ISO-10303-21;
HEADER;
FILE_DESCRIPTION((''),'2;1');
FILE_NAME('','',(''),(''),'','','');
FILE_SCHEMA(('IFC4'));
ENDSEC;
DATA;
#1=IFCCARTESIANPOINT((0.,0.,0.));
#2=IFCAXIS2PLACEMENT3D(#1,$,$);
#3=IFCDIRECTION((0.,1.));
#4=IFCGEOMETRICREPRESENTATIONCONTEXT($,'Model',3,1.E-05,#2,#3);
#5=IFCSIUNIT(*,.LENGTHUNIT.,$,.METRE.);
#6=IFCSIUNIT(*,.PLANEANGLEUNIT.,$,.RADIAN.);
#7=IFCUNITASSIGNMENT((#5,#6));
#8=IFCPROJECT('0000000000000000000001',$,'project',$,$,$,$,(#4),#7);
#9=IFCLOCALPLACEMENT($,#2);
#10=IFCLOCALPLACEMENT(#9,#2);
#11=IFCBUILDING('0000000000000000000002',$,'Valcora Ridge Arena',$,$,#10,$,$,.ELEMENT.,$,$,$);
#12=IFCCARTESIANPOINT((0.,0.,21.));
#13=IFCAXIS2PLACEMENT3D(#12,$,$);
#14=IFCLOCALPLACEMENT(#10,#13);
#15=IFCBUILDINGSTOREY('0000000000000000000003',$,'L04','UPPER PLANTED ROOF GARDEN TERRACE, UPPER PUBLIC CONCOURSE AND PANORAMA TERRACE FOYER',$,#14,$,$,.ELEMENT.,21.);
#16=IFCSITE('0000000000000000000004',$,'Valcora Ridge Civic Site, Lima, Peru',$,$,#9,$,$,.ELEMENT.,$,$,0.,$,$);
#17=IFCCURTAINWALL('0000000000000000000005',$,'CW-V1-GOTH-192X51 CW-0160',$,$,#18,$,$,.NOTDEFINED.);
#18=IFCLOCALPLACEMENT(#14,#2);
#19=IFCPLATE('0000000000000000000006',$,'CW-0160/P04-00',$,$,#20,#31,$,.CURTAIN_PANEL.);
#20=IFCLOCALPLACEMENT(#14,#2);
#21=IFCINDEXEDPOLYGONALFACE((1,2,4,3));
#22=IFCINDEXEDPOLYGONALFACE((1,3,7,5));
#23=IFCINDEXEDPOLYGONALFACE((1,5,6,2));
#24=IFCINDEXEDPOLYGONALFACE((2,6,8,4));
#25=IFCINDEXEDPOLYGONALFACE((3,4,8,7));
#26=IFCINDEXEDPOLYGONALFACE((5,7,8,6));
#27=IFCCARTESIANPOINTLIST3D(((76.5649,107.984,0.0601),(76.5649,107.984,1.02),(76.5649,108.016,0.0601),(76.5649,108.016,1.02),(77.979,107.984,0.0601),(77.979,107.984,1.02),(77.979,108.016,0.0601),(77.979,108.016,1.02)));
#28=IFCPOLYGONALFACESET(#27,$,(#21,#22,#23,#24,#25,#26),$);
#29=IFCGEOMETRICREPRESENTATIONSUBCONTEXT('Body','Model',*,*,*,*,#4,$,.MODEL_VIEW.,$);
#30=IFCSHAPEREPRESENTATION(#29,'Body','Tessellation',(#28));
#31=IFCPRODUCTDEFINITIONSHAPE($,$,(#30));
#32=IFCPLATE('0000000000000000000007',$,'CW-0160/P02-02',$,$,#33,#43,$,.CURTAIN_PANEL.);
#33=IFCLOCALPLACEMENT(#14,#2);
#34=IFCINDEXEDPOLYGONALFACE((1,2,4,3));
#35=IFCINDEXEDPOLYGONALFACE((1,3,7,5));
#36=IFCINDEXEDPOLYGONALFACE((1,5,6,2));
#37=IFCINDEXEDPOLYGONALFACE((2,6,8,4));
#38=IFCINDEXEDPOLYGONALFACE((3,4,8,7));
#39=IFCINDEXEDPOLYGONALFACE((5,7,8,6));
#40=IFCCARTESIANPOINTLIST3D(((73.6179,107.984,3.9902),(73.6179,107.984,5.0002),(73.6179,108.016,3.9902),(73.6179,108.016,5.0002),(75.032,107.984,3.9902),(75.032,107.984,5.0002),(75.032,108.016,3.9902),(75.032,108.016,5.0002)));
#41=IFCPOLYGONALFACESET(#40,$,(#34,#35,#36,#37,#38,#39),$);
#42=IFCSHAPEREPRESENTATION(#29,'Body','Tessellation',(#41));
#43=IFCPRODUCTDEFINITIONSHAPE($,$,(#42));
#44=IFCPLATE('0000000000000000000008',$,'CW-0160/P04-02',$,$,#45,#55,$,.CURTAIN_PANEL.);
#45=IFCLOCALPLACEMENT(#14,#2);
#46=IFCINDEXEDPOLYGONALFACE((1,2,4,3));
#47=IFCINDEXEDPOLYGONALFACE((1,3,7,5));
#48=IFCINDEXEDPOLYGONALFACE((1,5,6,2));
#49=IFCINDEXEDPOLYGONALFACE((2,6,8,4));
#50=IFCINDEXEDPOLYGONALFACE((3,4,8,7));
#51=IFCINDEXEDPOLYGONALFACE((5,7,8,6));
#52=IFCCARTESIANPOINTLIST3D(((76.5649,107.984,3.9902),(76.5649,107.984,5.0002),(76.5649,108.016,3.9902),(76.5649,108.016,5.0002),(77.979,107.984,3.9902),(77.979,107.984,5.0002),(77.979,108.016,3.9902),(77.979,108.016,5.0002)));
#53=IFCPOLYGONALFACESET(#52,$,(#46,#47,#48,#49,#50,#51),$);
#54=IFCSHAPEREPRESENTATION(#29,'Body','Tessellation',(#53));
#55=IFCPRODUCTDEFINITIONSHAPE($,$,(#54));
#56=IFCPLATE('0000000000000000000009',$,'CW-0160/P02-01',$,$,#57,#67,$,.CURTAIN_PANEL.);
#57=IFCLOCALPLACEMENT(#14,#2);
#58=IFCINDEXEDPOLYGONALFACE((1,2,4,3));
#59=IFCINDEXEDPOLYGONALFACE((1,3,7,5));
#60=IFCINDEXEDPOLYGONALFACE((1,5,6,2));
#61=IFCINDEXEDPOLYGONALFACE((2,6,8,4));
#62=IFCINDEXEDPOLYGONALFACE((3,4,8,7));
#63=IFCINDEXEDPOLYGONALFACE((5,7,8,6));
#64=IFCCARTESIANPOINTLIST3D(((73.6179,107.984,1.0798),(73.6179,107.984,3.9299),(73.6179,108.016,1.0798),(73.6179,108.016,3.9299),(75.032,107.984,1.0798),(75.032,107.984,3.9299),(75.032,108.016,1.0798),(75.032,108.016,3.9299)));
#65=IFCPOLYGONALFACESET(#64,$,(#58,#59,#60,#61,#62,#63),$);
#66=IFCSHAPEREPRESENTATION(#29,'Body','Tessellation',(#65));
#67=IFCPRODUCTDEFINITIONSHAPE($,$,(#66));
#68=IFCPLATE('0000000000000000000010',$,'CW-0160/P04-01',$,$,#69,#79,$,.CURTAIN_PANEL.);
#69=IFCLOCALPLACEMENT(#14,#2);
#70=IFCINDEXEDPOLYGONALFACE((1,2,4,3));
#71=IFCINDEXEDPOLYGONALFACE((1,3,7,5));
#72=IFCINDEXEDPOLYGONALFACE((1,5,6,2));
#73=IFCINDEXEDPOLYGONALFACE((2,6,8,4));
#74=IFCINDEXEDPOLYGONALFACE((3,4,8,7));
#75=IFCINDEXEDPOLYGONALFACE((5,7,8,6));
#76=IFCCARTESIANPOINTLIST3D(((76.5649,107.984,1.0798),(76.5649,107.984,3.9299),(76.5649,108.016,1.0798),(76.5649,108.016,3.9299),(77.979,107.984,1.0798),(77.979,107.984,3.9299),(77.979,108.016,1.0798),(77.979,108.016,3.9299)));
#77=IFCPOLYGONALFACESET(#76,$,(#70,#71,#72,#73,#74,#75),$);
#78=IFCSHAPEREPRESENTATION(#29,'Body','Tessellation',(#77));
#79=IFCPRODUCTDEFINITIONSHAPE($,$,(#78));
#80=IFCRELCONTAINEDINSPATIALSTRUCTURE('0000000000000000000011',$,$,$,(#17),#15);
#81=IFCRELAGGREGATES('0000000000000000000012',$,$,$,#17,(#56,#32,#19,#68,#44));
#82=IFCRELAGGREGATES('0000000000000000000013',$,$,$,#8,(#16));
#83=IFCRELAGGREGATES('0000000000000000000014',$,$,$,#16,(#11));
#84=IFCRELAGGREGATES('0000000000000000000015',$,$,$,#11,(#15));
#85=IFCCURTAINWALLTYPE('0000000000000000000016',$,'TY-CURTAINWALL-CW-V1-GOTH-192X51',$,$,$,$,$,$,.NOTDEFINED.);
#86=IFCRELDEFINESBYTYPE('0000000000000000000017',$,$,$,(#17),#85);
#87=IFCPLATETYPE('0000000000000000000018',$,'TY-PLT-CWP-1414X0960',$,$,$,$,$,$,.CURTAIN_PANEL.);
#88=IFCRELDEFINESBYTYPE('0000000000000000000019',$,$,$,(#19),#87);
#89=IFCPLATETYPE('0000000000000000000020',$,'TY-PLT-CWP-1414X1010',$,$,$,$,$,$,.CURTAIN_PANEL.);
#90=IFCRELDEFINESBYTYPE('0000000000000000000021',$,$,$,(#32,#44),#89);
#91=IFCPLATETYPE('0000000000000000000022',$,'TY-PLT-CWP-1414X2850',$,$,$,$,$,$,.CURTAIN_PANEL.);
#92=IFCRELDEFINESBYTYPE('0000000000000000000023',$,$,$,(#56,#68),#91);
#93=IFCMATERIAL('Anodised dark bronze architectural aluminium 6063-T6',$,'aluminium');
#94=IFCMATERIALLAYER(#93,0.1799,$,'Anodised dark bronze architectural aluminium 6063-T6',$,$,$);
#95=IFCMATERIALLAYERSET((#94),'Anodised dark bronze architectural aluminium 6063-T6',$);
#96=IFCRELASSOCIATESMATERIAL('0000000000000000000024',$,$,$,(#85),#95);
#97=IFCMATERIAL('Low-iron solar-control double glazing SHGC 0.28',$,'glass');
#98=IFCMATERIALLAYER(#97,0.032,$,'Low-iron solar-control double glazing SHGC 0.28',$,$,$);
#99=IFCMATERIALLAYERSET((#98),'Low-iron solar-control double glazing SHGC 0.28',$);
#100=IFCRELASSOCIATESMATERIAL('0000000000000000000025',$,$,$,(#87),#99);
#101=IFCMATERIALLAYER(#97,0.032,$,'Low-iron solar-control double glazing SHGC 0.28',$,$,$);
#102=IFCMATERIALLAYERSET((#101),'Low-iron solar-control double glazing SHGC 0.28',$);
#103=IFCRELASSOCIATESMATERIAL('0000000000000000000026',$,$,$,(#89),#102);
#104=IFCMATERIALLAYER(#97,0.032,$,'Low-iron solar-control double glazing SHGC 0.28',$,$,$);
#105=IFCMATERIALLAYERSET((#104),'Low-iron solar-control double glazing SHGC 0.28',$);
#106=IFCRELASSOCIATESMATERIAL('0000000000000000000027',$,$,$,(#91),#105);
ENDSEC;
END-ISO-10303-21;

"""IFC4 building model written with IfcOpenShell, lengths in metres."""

from ifc_helpers import new_model, si_unit, direction, frame, origin, origin_2d, place, context, subcontext, project, spatial, rectangle, extrude, material, layer, layer_set, type_object, element, aggregate, save


model = new_model("IFC4")

# Units and contexts
model_context = context("Model", 3, precision=1e-05, world=origin(), true_north=direction((0.0, 1.0)))
body_context = subcontext(model_context, "Body", "Model", "MODEL_VIEW")
ifc_project = project(units=[si_unit("LENGTHUNIT", "METRE"), si_unit("PLANEANGLEUNIT", "RADIAN")], contexts=[model_context])

# Site, building, storey
site_placement = place(None, origin())
site = spatial("IfcSite", under=ifc_project, at=site_placement, Name="Valcora Ridge Civic Site, Lima, Peru", CompositionType="ELEMENT", RefElevation=0.0)
building_placement = place(site_placement, origin())
building = spatial("IfcBuilding", under=site, at=building_placement, Name="Valcora Ridge Arena", CompositionType="ELEMENT")
storey_placement = place(building_placement, frame((0.0, 0.0, 21.0)))
storey = spatial("IfcBuildingStorey", under=building, at=storey_placement, Name="L04", Description="UPPER PLANTED ROOF GARDEN TERRACE, UPPER PUBLIC CONCOURSE AND PANORAMA TERRACE FOYER", CompositionType="ELEMENT", Elevation=21.0)

# Curtain wall, plates
ifc_material_1 = material(Name="Anodised dark bronze architectural aluminium 6063-T6", Category="aluminium")
ifc_layer_1 = layer(ifc_material_1, 0.1799, Name="Anodised dark bronze architectural aluminium 6063-T6")
ifc_layer_set_1 = layer_set([ifc_layer_1], Name="Anodised dark bronze architectural aluminium 6063-T6")
curtain_wall_type = type_object("IfcCurtainWallType", Name="TY-CURTAINWALL-CW-V1-GOTH-192X51", PredefinedType="NOTDEFINED", material=ifc_layer_set_1)
curtain_wall_placement = place(storey_placement, origin())
curtain_wall = element("IfcCurtainWall", 1, at=curtain_wall_placement, inside=storey, type_object=curtain_wall_type, Name="CW-V1-GOTH-192X51 CW-0160", PredefinedType="NOTDEFINED")
ifc_material_2 = material(Name="Low-iron solar-control double glazing SHGC 0.28", Category="glass")
ifc_layer_2 = layer(ifc_material_2, 0.032, Name="Low-iron solar-control double glazing SHGC 0.28")
ifc_layer_set_2 = layer_set([ifc_layer_2], Name="Low-iron solar-control double glazing SHGC 0.28")
plate_type_1 = type_object("IfcPlateType", Name="TY-PLT-CWP-1414X0960", PredefinedType="CURTAIN_PANEL", material=ifc_layer_set_2)
plate_1_placement = place(storey_placement, frame((77.272, 108.0, 0.0601), z_axis=(0.0, 0.0, 1.0), x_axis=(1.0, 0.0, 0.0)))
plate_1 = element("IfcPlate", 2, at=plate_1_placement, type_object=plate_type_1, Name="CW-0160/P04-00", PredefinedType="CURTAIN_PANEL", context=body_context, shape_type="SweptSolid", body=[
    extrude(rectangle(XDim=1.4141, YDim=0.032, at=origin_2d()), origin(), (0.0, 0.0, 1.0), 0.96),
])
ifc_layer_3 = layer(ifc_material_2, 0.032, Name="Low-iron solar-control double glazing SHGC 0.28")
ifc_layer_set_3 = layer_set([ifc_layer_3], Name="Low-iron solar-control double glazing SHGC 0.28")
plate_type_2 = type_object("IfcPlateType", Name="TY-PLT-CWP-1414X1010", PredefinedType="CURTAIN_PANEL", material=ifc_layer_set_3)
plate_2_placement = place(storey_placement, frame((74.325, 108.0, 3.9902), z_axis=(0.0, 0.0, 1.0), x_axis=(1.0, 0.0, 0.0)))
plate_2 = element("IfcPlate", 3, at=plate_2_placement, type_object=plate_type_2, Name="CW-0160/P02-02", PredefinedType="CURTAIN_PANEL", context=body_context, shape_type="SweptSolid", body=[
    extrude(rectangle(XDim=1.4141, YDim=0.032, at=origin_2d()), origin(), (0.0, 0.0, 1.0), 1.01),
])
plate_3_placement = place(storey_placement, frame((77.272, 108.0, 3.9902), z_axis=(0.0, 0.0, 1.0), x_axis=(1.0, 0.0, 0.0)))
plate_3 = element("IfcPlate", 4, at=plate_3_placement, type_object=plate_type_2, Name="CW-0160/P04-02", PredefinedType="CURTAIN_PANEL", context=body_context, shape_type="SweptSolid", body=[
    extrude(rectangle(XDim=1.4141, YDim=0.032, at=origin_2d()), origin(), (0.0, 0.0, 1.0), 1.01),
])
ifc_layer_4 = layer(ifc_material_2, 0.032, Name="Low-iron solar-control double glazing SHGC 0.28")
ifc_layer_set_4 = layer_set([ifc_layer_4], Name="Low-iron solar-control double glazing SHGC 0.28")
plate_type_3 = type_object("IfcPlateType", Name="TY-PLT-CWP-1414X2850", PredefinedType="CURTAIN_PANEL", material=ifc_layer_set_4)
plate_4_placement = place(storey_placement, frame((74.325, 108.0, 1.0798), z_axis=(0.0, 0.0, 1.0), x_axis=(1.0, 0.0, 0.0)))
plate_4 = element("IfcPlate", 5, at=plate_4_placement, type_object=plate_type_3, Name="CW-0160/P02-01", PredefinedType="CURTAIN_PANEL", context=body_context, shape_type="SweptSolid", body=[
    extrude(rectangle(XDim=1.4141, YDim=0.032, at=origin_2d()), origin(), (0.0, 0.0, 1.0), 2.8501),
])
plate_5_placement = place(storey_placement, frame((77.272, 108.0, 1.0798), z_axis=(0.0, 0.0, 1.0), x_axis=(1.0, 0.0, 0.0)))
plate_5 = element("IfcPlate", 6, at=plate_5_placement, type_object=plate_type_3, Name="CW-0160/P04-01", PredefinedType="CURTAIN_PANEL", context=body_context, shape_type="SweptSolid", body=[
    extrude(rectangle(XDim=1.4141, YDim=0.032, at=origin_2d()), origin(), (0.0, 0.0, 1.0), 2.8501),
])
aggregate(curtain_wall, [plate_4, plate_2, plate_1, plate_5, plate_3])

save(model, "model.ifc")
